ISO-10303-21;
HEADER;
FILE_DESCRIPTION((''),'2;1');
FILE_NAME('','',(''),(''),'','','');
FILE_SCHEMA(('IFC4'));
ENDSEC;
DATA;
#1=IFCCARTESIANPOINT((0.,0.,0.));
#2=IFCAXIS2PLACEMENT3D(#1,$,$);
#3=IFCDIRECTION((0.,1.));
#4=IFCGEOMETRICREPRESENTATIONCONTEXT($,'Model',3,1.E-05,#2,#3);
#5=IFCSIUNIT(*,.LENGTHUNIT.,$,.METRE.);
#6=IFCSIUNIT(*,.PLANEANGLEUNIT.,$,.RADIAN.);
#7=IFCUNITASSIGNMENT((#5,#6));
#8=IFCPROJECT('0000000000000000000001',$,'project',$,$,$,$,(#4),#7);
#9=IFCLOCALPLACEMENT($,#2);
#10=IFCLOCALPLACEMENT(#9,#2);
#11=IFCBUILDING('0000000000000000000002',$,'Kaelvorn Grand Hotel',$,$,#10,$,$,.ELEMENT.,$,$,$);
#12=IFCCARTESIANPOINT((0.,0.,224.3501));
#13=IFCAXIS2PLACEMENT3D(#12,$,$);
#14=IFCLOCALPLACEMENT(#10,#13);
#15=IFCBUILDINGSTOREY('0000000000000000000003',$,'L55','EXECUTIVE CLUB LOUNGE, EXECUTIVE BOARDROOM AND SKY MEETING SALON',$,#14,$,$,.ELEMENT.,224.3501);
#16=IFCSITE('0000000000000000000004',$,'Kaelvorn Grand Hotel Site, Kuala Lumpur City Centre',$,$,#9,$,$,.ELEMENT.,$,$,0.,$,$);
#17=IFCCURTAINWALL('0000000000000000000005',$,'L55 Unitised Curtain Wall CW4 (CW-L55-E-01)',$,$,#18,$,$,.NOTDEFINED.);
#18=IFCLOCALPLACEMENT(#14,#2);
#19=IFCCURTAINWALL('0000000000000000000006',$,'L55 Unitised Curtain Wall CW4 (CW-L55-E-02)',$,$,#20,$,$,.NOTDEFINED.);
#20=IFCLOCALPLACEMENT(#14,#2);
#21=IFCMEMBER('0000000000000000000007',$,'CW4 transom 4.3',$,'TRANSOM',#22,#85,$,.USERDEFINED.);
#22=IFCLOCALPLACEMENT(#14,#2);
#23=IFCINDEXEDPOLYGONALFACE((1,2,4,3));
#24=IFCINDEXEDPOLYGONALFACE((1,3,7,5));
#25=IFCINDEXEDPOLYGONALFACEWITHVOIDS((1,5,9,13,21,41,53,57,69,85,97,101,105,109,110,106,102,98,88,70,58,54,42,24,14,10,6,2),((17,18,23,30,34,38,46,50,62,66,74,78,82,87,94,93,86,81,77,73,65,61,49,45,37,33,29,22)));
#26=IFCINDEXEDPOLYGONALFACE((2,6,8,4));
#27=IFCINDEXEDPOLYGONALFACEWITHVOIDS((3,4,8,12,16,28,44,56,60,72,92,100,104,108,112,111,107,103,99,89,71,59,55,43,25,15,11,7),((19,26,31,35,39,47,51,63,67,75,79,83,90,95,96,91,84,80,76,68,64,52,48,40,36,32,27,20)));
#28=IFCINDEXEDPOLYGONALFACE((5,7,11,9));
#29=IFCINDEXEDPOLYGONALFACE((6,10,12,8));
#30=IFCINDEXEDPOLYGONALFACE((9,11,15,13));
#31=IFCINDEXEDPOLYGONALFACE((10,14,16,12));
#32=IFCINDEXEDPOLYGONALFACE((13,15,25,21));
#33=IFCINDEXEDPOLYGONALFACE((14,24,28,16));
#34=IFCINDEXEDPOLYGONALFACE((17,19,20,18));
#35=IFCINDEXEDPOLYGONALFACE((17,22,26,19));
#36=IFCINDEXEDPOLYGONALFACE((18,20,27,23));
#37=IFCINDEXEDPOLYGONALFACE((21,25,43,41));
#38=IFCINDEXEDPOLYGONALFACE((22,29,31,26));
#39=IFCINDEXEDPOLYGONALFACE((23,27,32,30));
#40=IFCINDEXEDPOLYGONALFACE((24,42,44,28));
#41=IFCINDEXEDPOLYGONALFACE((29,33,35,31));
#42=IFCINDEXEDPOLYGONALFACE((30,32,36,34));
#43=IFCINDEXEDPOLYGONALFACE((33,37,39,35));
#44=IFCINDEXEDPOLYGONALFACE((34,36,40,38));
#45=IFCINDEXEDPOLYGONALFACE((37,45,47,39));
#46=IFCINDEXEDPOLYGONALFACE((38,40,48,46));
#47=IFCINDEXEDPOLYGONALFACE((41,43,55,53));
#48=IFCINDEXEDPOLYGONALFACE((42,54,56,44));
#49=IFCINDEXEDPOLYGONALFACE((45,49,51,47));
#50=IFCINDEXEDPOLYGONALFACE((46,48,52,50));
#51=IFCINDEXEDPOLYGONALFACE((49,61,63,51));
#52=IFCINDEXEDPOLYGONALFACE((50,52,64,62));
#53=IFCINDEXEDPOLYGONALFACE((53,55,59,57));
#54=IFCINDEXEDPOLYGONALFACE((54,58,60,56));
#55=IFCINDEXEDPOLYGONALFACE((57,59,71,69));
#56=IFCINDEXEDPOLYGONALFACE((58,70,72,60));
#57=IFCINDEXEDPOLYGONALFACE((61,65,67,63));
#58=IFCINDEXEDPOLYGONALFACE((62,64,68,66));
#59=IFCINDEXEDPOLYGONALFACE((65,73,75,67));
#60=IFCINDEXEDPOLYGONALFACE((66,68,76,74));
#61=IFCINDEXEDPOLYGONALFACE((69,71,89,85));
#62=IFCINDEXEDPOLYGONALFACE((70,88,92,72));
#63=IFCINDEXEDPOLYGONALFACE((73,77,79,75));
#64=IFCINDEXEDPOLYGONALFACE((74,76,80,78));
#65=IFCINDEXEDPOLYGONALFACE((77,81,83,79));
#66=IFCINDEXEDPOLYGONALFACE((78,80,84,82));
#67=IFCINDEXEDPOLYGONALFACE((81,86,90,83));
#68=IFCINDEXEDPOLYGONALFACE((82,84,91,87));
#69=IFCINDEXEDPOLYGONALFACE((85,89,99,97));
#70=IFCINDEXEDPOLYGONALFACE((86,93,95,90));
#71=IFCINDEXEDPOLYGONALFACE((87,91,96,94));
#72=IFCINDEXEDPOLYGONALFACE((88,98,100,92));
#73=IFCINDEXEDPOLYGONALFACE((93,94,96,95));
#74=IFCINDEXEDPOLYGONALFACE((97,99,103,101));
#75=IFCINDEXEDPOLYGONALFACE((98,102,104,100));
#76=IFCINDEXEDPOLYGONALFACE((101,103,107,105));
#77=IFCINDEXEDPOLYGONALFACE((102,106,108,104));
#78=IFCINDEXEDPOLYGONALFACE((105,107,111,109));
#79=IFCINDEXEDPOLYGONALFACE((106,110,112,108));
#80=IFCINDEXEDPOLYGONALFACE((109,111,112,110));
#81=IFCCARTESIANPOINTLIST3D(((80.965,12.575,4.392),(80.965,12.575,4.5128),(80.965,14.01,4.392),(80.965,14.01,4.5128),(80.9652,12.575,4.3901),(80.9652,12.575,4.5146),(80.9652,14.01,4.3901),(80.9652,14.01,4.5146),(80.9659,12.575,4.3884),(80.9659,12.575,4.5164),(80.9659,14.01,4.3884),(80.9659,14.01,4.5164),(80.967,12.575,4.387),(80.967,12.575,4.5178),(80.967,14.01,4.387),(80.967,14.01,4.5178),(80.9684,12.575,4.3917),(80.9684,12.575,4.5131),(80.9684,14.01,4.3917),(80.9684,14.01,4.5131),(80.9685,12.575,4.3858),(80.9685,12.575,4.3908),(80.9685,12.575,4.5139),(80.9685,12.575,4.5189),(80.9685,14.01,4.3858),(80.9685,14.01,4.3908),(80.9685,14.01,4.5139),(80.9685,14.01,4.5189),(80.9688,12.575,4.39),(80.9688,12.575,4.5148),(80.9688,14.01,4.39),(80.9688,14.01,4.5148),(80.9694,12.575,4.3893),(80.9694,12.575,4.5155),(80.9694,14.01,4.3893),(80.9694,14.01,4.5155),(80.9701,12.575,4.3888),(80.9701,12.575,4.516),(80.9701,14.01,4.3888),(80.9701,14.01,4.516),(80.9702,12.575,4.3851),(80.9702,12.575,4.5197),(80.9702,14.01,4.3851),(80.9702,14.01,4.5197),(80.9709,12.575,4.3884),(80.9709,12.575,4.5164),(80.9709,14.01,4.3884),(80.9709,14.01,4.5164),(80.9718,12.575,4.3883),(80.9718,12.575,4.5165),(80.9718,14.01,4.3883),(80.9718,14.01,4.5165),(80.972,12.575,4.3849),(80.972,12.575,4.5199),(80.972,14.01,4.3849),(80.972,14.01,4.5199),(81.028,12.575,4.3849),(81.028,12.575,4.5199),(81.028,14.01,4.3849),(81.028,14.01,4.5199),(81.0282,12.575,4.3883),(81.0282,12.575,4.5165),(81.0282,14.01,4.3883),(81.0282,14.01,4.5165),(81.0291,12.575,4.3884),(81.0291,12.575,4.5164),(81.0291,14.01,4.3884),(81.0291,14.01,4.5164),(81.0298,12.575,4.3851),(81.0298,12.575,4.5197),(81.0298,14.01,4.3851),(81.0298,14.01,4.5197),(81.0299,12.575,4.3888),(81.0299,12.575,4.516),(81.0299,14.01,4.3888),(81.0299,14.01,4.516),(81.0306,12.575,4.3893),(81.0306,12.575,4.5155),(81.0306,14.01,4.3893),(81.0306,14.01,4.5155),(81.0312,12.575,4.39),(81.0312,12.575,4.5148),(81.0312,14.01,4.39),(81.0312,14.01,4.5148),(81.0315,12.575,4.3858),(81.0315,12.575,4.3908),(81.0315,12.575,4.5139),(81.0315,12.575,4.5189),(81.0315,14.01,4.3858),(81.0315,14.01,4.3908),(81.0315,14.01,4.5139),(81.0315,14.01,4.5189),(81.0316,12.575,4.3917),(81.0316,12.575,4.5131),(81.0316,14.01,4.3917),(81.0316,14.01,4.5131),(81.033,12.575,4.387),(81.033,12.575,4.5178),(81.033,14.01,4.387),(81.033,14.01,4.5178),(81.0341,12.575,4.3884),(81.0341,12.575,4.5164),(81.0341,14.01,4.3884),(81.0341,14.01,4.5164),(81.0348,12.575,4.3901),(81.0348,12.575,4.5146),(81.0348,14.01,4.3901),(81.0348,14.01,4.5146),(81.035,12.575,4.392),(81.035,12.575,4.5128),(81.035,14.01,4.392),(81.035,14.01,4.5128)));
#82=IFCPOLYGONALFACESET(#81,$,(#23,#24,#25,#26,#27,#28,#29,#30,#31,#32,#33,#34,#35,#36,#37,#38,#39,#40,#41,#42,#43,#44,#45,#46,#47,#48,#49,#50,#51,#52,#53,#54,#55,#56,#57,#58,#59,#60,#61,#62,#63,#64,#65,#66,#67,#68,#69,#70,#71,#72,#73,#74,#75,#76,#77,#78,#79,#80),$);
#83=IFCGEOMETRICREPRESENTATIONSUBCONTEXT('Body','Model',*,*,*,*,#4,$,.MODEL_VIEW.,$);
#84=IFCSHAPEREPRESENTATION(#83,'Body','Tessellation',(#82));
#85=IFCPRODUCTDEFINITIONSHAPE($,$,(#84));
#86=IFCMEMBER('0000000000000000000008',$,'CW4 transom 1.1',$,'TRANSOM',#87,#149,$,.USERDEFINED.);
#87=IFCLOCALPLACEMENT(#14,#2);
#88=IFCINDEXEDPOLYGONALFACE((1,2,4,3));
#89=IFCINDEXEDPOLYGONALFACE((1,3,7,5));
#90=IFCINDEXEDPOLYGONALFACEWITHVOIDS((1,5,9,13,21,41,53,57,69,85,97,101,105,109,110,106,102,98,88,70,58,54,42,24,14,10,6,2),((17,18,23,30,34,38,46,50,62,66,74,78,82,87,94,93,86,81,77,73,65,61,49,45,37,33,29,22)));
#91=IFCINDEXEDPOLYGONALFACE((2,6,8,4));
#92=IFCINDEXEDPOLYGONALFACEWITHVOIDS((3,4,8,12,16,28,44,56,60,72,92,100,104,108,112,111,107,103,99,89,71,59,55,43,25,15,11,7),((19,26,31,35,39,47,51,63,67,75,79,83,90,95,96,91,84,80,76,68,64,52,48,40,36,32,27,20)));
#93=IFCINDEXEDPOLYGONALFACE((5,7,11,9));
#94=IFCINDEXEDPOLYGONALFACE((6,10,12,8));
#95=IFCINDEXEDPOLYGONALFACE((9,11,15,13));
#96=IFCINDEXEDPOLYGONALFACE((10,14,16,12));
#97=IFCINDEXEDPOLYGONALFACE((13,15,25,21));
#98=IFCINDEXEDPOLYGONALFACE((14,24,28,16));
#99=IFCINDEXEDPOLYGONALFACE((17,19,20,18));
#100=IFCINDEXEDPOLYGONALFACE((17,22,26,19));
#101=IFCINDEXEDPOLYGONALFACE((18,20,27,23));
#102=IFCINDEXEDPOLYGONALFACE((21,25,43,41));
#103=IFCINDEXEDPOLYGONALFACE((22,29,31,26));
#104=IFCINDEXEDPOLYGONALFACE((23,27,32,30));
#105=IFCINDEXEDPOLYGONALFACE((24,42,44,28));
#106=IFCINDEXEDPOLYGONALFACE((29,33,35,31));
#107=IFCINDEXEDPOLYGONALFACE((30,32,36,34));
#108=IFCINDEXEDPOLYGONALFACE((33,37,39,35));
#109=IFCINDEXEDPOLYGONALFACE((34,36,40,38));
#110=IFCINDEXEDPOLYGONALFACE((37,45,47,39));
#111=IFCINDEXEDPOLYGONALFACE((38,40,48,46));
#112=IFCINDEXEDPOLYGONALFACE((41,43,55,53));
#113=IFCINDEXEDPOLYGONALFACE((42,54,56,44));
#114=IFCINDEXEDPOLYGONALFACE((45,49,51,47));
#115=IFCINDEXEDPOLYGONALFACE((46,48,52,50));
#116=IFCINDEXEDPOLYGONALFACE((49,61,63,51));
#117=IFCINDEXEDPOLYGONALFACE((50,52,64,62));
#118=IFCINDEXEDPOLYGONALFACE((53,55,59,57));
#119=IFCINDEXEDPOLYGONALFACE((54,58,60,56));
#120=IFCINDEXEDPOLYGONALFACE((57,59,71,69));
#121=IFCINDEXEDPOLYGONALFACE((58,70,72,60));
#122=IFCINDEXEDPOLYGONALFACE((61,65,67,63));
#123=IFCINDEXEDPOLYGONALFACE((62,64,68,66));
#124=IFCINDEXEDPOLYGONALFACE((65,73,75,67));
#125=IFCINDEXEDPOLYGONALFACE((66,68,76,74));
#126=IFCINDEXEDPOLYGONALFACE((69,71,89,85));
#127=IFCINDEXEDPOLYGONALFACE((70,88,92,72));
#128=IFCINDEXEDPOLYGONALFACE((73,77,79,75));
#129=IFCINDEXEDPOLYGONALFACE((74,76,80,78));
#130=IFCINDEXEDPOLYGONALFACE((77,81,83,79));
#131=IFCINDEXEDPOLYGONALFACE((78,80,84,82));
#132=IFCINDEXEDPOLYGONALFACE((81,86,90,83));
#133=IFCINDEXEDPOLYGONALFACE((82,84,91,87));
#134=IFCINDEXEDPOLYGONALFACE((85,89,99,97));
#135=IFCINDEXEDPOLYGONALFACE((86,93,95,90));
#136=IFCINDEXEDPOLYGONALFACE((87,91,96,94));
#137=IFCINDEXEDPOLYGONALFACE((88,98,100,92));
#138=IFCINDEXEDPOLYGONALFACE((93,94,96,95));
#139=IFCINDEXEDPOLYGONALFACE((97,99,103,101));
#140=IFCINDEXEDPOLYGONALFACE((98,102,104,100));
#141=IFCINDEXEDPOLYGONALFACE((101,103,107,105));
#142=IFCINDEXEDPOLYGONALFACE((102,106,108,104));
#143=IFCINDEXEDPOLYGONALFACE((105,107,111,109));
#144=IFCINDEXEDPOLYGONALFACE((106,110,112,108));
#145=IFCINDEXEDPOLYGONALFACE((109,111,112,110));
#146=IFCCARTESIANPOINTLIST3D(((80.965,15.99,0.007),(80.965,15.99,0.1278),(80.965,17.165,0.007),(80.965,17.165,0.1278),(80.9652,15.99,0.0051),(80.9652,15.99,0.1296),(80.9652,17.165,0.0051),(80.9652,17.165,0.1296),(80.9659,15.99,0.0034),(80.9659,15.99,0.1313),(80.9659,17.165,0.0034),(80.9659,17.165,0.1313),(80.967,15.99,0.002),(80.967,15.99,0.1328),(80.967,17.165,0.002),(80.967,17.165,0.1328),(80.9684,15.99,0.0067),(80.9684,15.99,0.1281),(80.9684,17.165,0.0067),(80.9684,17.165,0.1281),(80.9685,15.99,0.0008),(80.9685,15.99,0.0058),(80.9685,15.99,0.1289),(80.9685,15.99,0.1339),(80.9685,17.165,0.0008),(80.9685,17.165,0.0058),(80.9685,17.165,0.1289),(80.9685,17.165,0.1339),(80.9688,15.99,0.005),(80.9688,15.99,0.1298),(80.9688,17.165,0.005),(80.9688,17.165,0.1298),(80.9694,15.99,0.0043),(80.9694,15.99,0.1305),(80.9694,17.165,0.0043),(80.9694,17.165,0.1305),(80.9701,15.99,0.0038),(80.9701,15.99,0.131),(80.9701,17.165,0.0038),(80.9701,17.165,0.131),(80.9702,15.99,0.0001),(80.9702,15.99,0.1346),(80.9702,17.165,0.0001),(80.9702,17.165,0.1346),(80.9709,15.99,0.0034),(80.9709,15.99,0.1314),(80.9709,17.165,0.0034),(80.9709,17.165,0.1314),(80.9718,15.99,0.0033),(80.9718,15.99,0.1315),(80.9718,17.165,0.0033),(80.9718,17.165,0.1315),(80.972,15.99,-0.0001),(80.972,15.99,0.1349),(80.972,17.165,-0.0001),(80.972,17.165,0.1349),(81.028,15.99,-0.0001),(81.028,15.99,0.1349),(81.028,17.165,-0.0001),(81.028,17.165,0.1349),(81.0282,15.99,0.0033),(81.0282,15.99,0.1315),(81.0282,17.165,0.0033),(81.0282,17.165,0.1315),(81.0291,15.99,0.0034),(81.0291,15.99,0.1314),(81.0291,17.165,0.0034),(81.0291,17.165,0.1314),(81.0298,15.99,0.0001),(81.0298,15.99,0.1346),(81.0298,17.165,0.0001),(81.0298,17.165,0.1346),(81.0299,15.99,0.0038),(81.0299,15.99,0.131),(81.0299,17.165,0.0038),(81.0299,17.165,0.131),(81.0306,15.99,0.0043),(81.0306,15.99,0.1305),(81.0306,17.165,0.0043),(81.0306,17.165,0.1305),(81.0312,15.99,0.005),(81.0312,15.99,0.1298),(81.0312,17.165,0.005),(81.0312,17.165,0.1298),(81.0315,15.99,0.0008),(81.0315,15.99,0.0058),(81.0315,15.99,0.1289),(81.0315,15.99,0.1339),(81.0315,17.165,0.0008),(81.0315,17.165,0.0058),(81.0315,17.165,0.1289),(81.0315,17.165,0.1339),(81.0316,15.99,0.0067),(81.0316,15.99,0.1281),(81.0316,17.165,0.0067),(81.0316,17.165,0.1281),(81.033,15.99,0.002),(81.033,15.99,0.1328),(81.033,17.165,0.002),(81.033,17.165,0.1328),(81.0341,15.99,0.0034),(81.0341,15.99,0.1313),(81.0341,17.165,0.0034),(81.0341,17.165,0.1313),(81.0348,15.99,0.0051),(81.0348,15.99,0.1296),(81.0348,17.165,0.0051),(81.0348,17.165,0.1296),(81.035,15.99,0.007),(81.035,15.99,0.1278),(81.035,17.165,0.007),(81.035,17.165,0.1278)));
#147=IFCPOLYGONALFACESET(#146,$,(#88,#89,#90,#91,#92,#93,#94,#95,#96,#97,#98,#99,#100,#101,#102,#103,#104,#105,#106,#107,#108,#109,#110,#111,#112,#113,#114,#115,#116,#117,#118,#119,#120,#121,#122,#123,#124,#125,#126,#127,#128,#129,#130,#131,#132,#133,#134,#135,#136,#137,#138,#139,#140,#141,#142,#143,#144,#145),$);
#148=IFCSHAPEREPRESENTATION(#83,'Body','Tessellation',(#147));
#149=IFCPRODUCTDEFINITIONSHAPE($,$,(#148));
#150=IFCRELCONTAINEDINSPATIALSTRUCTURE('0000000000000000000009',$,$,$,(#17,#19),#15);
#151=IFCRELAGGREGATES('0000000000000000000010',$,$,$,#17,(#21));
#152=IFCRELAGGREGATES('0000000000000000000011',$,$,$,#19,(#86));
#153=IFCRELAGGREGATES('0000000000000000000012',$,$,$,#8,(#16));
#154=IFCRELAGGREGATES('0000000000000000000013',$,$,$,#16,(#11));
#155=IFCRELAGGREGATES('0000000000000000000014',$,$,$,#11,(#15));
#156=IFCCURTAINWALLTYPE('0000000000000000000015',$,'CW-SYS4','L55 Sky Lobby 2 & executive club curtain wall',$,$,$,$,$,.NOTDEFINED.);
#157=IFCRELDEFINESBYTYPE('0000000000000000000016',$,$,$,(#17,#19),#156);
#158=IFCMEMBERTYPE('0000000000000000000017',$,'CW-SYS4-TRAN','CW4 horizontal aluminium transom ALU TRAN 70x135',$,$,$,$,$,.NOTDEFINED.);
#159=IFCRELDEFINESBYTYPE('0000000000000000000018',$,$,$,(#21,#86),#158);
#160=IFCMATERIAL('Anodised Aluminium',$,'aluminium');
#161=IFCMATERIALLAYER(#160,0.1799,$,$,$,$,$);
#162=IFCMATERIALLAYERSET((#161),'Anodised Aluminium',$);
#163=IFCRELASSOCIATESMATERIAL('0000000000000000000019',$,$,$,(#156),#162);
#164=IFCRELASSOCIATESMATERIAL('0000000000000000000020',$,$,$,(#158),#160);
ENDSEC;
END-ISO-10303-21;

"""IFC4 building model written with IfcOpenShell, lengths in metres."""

from ifc_helpers import new_model, si_unit, direction, frame, origin, origin_2d, place, context, subcontext, project, spatial, hollow_rectangle, extrude, material, layer, layer_set, material_profile, profile_set, type_object, element, aggregate, save


model = new_model("IFC4")

# Units and contexts
model_context = context("Model", 3, precision=1e-05, world=origin(), true_north=direction((0.0, 1.0)))
body_context = subcontext(model_context, "Body", "Model", "MODEL_VIEW")
ifc_project = project(units=[si_unit("LENGTHUNIT", "METRE"), si_unit("PLANEANGLEUNIT", "RADIAN")], contexts=[model_context])

# Site, building, storey
site_placement = place(None, origin())
site = spatial("IfcSite", under=ifc_project, at=site_placement, Name="Kaelvorn Grand Hotel Site, Kuala Lumpur City Centre", CompositionType="ELEMENT", RefElevation=0.0)
building_placement = place(site_placement, origin())
building = spatial("IfcBuilding", under=site, at=building_placement, Name="Kaelvorn Grand Hotel", CompositionType="ELEMENT")
storey_placement = place(building_placement, frame((0.0, 0.0, 224.3501)))
storey = spatial("IfcBuildingStorey", under=building, at=storey_placement, Name="L55", Description="EXECUTIVE CLUB LOUNGE, EXECUTIVE BOARDROOM AND SKY MEETING SALON", CompositionType="ELEMENT", Elevation=224.3501)

# Curtain wall
ifc_material_1 = material(Name="Anodised Aluminium", Category="aluminium")
ifc_layer_1 = layer(ifc_material_1, 0.1799)
ifc_layer_set_1 = layer_set([ifc_layer_1], Name="Anodised Aluminium")
curtain_wall_type = type_object("IfcCurtainWallType", Name="CW-SYS4", Description="L55 Sky Lobby 2 & executive club curtain wall", PredefinedType="NOTDEFINED", material=ifc_layer_set_1)
curtain_wall_1_placement = place(storey_placement, origin())
curtain_wall_1 = element("IfcCurtainWall", 1, at=curtain_wall_1_placement, inside=storey, type_object=curtain_wall_type, Name="L55 Unitised Curtain Wall CW4 (CW-L55-E-01)", PredefinedType="NOTDEFINED")

# Curtain wall
curtain_wall_2_placement = place(storey_placement, origin())
curtain_wall_2 = element("IfcCurtainWall", 2, at=curtain_wall_2_placement, inside=storey, type_object=curtain_wall_type, Name="L55 Unitised Curtain Wall CW4 (CW-L55-E-02)", PredefinedType="NOTDEFINED")

# Members
ifc_material_profile_1 = material_profile(ifc_material_1, hollow_rectangle(XDim=0.0701, YDim=0.135, WallThickness=0.0034, InnerFilletRadius=0.0034, OuterFilletRadius=0.0071, at=origin_2d()), Name="ALU TRAN 70x135")
ifc_profile_set_1 = profile_set([ifc_material_profile_1], Name="Anodised Aluminium")
member_type_1 = type_object("IfcMemberType", Name="CW-SYS4-TRAN", Description="CW4 horizontal aluminium transom ALU TRAN 70x135", PredefinedType="NOTDEFINED", material=ifc_profile_set_1)
member_1_placement = place(storey_placement, frame((81.0, 12.575, 4.4524), z_axis=(0.0, 1.0, 0.0), x_axis=(-1.0, 0.0, 0.0)))
member_1 = element("IfcMember", 3, at=member_1_placement, type_object=member_type_1, Name="CW4 transom 4.3", ObjectType="TRANSOM", PredefinedType="USERDEFINED", context=body_context, shape_type="SweptSolid", body=[
    extrude(hollow_rectangle(XDim=0.0701, YDim=0.135, WallThickness=0.0034, InnerFilletRadius=0.0034, OuterFilletRadius=0.0071, at=origin_2d()), origin(), (0.0, 0.0, 1.0), 1.4351),
])
member_2_placement = place(storey_placement, frame((81.0, 15.99, 0.0674), z_axis=(0.0, 1.0, 0.0), x_axis=(-1.0, 0.0, 0.0)))
member_2 = element("IfcMember", 4, at=member_2_placement, type_object=member_type_1, Name="CW4 transom 1.1", ObjectType="TRANSOM", PredefinedType="USERDEFINED", context=body_context, shape_type="SweptSolid", body=[
    extrude(hollow_rectangle(XDim=0.0701, YDim=0.135, WallThickness=0.0034, InnerFilletRadius=0.0034, OuterFilletRadius=0.0071, at=origin_2d()), origin(), (0.0, 0.0, 1.0), 1.175),
])

aggregate(curtain_wall_1, [member_1])
aggregate(curtain_wall_2, [member_2])

save(model, "model.ifc")
